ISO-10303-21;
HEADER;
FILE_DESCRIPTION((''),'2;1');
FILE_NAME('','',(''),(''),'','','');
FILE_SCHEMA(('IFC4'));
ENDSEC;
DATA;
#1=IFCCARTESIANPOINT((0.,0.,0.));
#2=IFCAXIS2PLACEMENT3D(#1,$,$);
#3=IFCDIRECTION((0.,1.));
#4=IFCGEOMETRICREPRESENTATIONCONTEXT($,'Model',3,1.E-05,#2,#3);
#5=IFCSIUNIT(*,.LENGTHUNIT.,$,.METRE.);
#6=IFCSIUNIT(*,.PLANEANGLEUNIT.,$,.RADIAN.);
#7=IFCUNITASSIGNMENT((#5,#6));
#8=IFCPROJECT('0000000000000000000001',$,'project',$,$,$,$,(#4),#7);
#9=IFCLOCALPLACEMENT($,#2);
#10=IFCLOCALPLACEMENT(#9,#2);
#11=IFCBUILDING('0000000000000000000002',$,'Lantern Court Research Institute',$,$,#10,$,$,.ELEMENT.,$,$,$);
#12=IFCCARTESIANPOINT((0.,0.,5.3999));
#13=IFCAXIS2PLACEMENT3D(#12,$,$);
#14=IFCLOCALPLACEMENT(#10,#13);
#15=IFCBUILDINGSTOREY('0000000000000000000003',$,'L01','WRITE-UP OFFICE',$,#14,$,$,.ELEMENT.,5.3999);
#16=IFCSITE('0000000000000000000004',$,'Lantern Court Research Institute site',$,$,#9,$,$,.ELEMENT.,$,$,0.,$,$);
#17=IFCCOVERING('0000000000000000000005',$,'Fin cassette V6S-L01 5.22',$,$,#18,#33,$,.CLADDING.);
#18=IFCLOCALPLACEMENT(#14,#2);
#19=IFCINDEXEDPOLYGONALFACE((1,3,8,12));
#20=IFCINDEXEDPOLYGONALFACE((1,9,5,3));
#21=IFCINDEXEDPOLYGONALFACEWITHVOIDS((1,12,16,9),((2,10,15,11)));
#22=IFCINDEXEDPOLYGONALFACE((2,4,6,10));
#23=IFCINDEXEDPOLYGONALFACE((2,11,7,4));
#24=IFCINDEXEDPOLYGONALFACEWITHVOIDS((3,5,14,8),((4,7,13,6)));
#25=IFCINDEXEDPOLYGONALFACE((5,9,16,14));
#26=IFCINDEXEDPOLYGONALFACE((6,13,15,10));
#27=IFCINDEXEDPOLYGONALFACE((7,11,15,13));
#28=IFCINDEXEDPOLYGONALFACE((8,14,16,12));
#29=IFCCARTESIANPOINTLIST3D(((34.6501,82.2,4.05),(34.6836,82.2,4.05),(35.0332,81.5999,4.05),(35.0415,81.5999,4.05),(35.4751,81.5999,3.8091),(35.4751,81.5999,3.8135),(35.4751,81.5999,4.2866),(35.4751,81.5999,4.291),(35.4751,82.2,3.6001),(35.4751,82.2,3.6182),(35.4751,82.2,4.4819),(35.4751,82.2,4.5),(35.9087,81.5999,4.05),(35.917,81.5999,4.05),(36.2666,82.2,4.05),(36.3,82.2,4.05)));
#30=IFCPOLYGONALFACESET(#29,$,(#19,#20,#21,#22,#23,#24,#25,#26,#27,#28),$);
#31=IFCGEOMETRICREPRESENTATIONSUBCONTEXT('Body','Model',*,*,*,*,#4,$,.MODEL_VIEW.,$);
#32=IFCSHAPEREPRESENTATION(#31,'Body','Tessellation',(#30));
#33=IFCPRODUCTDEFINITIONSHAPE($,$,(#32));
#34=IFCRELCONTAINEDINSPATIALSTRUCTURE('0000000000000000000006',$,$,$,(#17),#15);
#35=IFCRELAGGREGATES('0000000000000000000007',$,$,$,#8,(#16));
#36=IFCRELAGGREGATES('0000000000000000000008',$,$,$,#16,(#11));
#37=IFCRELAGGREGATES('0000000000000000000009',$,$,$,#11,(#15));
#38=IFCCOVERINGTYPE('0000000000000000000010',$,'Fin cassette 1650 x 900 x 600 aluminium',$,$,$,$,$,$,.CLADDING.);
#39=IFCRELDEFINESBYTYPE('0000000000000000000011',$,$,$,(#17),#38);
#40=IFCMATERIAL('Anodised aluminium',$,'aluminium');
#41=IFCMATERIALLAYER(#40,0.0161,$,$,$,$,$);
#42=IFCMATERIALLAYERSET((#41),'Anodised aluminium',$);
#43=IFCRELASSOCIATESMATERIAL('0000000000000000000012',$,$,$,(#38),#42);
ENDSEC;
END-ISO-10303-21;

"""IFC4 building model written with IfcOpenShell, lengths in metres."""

from ifc_helpers import new_model, entity, si_unit, direction, frame, origin, place, context, subcontext, project, spatial, material, layer, layer_set, type_object, element, save


model = new_model("IFC4")

# Units and contexts
model_context = context("Model", 3, precision=1e-05, world=origin(), true_north=direction((0.0, 1.0)))
body_context = subcontext(model_context, "Body", "Model", "MODEL_VIEW")
ifc_project = project(units=[si_unit("LENGTHUNIT", "METRE"), si_unit("PLANEANGLEUNIT", "RADIAN")], contexts=[model_context])

# Site, building, storey
site_placement = place(None, origin())
site = spatial("IfcSite", under=ifc_project, at=site_placement, Name="Lantern Court Research Institute site", CompositionType="ELEMENT", RefElevation=0.0)
building_placement = place(site_placement, origin())
building = spatial("IfcBuilding", under=site, at=building_placement, Name="Lantern Court Research Institute", CompositionType="ELEMENT")
storey_placement = place(building_placement, frame((0.0, 0.0, 5.3999)))
storey = spatial("IfcBuildingStorey", under=building, at=storey_placement, Name="L01", Description="WRITE-UP OFFICE", CompositionType="ELEMENT", Elevation=5.3999)

# Covering
ifc_material_1 = material(Name="Anodised aluminium", Category="aluminium")
ifc_layer_1 = layer(ifc_material_1, 0.0161)
ifc_layer_set_1 = layer_set([ifc_layer_1], Name="Anodised aluminium")
covering_type_1 = type_object("IfcCoveringType", Name="Fin cassette 1650 x 900 x 600 aluminium", PredefinedType="CLADDING", material=ifc_layer_set_1)
covering_1_placement = place(storey_placement, frame((35.4751, 82.2, 4.05), z_axis=(0.0, -1.0, 0.0), x_axis=(1.0, 0.0, 0.0)))
cartesian_point_1 = entity("IfcCartesianPoint", [0.825, 0.0])
cartesian_point_2 = entity("IfcCartesianPoint", [0.7915, 0.0])
cartesian_point_3 = entity("IfcCartesianPoint", [0.4419, 0.0])
cartesian_point_4 = entity("IfcCartesianPoint", [0.4336, 0.0])
element("IfcCovering", 1, at=covering_1_placement, inside=storey, type_object=covering_type_1, Name="Fin cassette V6S-L01 5.22", PredefinedType="CLADDING", context=body_context, shape_type="SweptSolid", body=[
    entity("IfcExtrudedAreaSolidTapered", entity("IfcArbitraryProfileDefWithVoids", "AREA", None, entity("IfcPolyline", [cartesian_point_1, entity("IfcCartesianPoint", [0.0, 0.45]), entity("IfcCartesianPoint", [-0.825, 0.0]), entity("IfcCartesianPoint", [0.0, -0.45]), cartesian_point_1]), [entity("IfcPolyline", [cartesian_point_2, entity("IfcCartesianPoint", [0.0, 0.4319]), entity("IfcCartesianPoint", [-0.7915, 0.0]), entity("IfcCartesianPoint", [0.0, -0.4319]), cartesian_point_2])]), entity("IfcAxis2Placement3D", entity("IfcCartesianPoint", [0.0, 0.0, 0.0])), entity("IfcDirection", [0.0, 0.0, 1.0]), 0.6001, entity("IfcArbitraryProfileDefWithVoids", "AREA", None, entity("IfcPolyline", [cartesian_point_3, entity("IfcCartesianPoint", [0.0, 0.241]), entity("IfcCartesianPoint", [-0.4419, 0.0]), entity("IfcCartesianPoint", [0.0, -0.241]), cartesian_point_3]), [entity("IfcPolyline", [cartesian_point_4, entity("IfcCartesianPoint", [0.0, 0.2366]), entity("IfcCartesianPoint", [-0.4336, 0.0]), entity("IfcCartesianPoint", [0.0, -0.2366]), cartesian_point_4])])),
])

save(model, "model.ifc")
